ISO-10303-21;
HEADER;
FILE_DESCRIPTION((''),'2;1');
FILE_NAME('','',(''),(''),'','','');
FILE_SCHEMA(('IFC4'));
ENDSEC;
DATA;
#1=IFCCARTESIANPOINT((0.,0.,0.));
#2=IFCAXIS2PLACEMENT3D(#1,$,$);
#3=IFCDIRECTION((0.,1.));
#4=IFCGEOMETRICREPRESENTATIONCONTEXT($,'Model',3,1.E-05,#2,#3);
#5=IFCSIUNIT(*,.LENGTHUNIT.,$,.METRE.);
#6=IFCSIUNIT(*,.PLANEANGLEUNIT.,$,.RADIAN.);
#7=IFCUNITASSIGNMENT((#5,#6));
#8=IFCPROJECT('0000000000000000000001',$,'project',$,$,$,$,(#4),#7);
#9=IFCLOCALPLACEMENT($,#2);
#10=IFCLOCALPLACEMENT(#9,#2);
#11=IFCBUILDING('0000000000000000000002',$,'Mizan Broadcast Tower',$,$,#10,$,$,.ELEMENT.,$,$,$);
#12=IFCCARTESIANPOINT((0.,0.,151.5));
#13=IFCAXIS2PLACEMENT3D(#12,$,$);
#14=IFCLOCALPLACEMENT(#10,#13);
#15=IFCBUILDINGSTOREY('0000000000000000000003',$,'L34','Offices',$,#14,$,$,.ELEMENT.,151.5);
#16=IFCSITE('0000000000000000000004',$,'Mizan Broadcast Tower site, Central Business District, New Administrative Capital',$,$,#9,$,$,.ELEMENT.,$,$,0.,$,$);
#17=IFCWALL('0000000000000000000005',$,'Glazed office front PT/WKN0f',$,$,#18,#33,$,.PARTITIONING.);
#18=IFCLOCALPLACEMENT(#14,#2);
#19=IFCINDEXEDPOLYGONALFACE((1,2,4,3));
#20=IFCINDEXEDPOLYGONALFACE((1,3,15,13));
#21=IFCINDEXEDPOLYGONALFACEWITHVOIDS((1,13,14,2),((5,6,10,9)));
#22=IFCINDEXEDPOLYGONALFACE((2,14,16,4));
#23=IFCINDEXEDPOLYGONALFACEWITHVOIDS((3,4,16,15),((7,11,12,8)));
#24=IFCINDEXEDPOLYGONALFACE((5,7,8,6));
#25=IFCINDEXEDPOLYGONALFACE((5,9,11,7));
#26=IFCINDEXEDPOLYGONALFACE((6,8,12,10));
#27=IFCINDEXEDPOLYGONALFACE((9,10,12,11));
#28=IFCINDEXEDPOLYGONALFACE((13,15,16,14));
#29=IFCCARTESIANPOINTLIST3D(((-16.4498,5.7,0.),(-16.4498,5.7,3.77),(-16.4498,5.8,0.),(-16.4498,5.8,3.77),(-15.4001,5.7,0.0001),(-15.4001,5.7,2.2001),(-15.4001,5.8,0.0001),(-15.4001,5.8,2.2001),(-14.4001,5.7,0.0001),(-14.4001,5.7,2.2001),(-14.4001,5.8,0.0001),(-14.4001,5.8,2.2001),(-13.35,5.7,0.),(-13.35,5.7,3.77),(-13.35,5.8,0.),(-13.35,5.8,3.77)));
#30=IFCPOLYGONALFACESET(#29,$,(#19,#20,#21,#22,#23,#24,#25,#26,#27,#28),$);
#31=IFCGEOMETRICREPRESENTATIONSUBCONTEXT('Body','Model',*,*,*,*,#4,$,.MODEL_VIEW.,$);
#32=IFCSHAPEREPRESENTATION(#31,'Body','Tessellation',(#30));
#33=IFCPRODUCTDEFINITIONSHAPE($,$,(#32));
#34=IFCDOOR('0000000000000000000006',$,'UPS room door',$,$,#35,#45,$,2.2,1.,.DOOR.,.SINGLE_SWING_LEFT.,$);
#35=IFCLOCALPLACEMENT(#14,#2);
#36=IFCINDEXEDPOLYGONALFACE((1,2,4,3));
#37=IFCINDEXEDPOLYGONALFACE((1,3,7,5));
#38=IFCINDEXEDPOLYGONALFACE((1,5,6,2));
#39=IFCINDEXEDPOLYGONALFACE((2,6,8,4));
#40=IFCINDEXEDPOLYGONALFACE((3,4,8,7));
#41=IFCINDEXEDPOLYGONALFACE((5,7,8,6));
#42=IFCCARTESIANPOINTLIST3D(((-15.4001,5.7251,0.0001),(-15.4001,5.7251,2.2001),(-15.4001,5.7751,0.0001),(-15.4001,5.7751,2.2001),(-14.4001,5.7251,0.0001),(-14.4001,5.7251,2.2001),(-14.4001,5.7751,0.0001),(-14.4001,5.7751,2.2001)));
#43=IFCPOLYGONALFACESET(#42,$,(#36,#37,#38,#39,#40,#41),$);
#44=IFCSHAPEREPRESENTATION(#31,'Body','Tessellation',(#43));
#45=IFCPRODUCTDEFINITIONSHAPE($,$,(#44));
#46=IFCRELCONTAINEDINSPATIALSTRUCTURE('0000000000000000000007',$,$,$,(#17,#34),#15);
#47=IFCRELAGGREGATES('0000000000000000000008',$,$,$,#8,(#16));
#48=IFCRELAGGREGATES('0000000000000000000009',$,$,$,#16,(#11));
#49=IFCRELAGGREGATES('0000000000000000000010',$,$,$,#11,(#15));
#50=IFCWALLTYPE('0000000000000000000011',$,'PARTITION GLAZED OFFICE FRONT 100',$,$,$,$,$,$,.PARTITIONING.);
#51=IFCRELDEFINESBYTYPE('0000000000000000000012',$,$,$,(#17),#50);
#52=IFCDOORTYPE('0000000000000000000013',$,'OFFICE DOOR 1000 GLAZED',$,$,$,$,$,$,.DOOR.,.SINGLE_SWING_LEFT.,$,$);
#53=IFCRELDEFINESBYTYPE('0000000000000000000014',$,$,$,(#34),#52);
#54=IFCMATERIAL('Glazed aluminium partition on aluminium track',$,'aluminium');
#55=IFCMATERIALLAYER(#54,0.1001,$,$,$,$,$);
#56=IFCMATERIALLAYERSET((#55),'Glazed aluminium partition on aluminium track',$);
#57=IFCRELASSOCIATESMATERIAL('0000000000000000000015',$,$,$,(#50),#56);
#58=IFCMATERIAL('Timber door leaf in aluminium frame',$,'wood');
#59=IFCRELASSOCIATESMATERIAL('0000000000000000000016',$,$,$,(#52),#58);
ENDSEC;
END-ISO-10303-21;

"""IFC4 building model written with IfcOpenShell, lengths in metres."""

from ifc_helpers import new_model, si_unit, direction, frame, frame_2d, origin, place, context, subcontext, project, spatial, rectangle, extrude, material, layer, layer_set, type_object, element, fill, save


model = new_model("IFC4")

# Units and contexts
model_context = context("Model", 3, precision=1e-05, world=origin(), true_north=direction((0.0, 1.0)))
body_context = subcontext(model_context, "Body", "Model", "MODEL_VIEW")
ifc_project = project(units=[si_unit("LENGTHUNIT", "METRE"), si_unit("PLANEANGLEUNIT", "RADIAN")], contexts=[model_context])

# Site, building, storey
site_placement = place(None, origin())
site = spatial("IfcSite", under=ifc_project, at=site_placement, Name="Mizan Broadcast Tower site, Central Business District, New Administrative Capital", CompositionType="ELEMENT", RefElevation=0.0)
building_placement = place(site_placement, origin())
building = spatial("IfcBuilding", under=site, at=building_placement, Name="Mizan Broadcast Tower", CompositionType="ELEMENT")
storey_placement = place(building_placement, frame((0.0, 0.0, 151.5)))
storey = spatial("IfcBuildingStorey", under=building, at=storey_placement, Name="L34", Description="Offices", CompositionType="ELEMENT", Elevation=151.5)

# Shared definitions
ifc_material_1 = material(Name="Glazed aluminium partition on aluminium track", Category="aluminium")
ifc_layer_1 = layer(ifc_material_1, 0.1001)
ifc_layer_set_1 = layer_set([ifc_layer_1], Name="Glazed aluminium partition on aluminium track")
wall_type_1 = type_object("IfcWallType", Name="PARTITION GLAZED OFFICE FRONT 100", PredefinedType="PARTITIONING", material=ifc_layer_set_1)

# Wall, opening, door
wall_1_placement = place(storey_placement, frame((-13.3501, 5.75, 0.0), z_axis=(0.0, 0.0, 1.0), x_axis=(-1.0, 0.0, 0.0)))
wall_1 = element("IfcWall", 1, at=wall_1_placement, inside=storey, type_object=wall_type_1, Name="Glazed office front PT/WKN0f", PredefinedType="PARTITIONING", context=body_context, shape_type="SweptSolid", body=[
    extrude(rectangle(XDim=3.0999, YDim=0.1001, at=frame_2d((1.5498, 0.0))), origin(), (0.0, 0.0, 1.0), 3.77),
])
opening_1_placement = place(wall_1_placement, frame((1.05, 0.0, 0.0)))
opening_1 = element("IfcOpeningElement", 2, at=opening_1_placement, cuts=wall_1, PredefinedType="OPENING", context=body_context, shape_type="SweptSolid", body=[
    extrude(rectangle(XDim=1.0, YDim=2.2, at=frame_2d((0.5, 1.1001))), frame((0.0, 0.0601, 0.0), z_axis=(0.0, -1.0, 0.0), x_axis=(1.0, 0.0, 0.0)), (0.0, 0.0, 1.0), 0.1201),
])
ifc_material_2 = material(Name="Timber door leaf in aluminium frame", Category="wood")
door_type_1 = type_object("IfcDoorType", Name="OFFICE DOOR 1000 GLAZED", OperationType="SINGLE_SWING_LEFT", PredefinedType="DOOR", material=ifc_material_2)
door_1_placement = place(opening_1_placement, origin())
door_1 = element("IfcDoor", 3, at=door_1_placement, inside=storey, type_object=door_type_1, Name="UPS room door", OperationType="SINGLE_SWING_LEFT", OverallHeight=2.2, OverallWidth=1.0, PredefinedType="DOOR", context=body_context, shape_type="SweptSolid", body=[
    extrude(rectangle(XDim=1.0, YDim=2.2, at=frame_2d((0.5, 1.1001))), frame((0.0, 0.0249, 0.0), z_axis=(0.0, -1.0, 0.0), x_axis=(1.0, 0.0, 0.0)), (0.0, 0.0, 1.0), 0.05),
])
fill(opening_1, door_1)

save(model, "model.ifc")
